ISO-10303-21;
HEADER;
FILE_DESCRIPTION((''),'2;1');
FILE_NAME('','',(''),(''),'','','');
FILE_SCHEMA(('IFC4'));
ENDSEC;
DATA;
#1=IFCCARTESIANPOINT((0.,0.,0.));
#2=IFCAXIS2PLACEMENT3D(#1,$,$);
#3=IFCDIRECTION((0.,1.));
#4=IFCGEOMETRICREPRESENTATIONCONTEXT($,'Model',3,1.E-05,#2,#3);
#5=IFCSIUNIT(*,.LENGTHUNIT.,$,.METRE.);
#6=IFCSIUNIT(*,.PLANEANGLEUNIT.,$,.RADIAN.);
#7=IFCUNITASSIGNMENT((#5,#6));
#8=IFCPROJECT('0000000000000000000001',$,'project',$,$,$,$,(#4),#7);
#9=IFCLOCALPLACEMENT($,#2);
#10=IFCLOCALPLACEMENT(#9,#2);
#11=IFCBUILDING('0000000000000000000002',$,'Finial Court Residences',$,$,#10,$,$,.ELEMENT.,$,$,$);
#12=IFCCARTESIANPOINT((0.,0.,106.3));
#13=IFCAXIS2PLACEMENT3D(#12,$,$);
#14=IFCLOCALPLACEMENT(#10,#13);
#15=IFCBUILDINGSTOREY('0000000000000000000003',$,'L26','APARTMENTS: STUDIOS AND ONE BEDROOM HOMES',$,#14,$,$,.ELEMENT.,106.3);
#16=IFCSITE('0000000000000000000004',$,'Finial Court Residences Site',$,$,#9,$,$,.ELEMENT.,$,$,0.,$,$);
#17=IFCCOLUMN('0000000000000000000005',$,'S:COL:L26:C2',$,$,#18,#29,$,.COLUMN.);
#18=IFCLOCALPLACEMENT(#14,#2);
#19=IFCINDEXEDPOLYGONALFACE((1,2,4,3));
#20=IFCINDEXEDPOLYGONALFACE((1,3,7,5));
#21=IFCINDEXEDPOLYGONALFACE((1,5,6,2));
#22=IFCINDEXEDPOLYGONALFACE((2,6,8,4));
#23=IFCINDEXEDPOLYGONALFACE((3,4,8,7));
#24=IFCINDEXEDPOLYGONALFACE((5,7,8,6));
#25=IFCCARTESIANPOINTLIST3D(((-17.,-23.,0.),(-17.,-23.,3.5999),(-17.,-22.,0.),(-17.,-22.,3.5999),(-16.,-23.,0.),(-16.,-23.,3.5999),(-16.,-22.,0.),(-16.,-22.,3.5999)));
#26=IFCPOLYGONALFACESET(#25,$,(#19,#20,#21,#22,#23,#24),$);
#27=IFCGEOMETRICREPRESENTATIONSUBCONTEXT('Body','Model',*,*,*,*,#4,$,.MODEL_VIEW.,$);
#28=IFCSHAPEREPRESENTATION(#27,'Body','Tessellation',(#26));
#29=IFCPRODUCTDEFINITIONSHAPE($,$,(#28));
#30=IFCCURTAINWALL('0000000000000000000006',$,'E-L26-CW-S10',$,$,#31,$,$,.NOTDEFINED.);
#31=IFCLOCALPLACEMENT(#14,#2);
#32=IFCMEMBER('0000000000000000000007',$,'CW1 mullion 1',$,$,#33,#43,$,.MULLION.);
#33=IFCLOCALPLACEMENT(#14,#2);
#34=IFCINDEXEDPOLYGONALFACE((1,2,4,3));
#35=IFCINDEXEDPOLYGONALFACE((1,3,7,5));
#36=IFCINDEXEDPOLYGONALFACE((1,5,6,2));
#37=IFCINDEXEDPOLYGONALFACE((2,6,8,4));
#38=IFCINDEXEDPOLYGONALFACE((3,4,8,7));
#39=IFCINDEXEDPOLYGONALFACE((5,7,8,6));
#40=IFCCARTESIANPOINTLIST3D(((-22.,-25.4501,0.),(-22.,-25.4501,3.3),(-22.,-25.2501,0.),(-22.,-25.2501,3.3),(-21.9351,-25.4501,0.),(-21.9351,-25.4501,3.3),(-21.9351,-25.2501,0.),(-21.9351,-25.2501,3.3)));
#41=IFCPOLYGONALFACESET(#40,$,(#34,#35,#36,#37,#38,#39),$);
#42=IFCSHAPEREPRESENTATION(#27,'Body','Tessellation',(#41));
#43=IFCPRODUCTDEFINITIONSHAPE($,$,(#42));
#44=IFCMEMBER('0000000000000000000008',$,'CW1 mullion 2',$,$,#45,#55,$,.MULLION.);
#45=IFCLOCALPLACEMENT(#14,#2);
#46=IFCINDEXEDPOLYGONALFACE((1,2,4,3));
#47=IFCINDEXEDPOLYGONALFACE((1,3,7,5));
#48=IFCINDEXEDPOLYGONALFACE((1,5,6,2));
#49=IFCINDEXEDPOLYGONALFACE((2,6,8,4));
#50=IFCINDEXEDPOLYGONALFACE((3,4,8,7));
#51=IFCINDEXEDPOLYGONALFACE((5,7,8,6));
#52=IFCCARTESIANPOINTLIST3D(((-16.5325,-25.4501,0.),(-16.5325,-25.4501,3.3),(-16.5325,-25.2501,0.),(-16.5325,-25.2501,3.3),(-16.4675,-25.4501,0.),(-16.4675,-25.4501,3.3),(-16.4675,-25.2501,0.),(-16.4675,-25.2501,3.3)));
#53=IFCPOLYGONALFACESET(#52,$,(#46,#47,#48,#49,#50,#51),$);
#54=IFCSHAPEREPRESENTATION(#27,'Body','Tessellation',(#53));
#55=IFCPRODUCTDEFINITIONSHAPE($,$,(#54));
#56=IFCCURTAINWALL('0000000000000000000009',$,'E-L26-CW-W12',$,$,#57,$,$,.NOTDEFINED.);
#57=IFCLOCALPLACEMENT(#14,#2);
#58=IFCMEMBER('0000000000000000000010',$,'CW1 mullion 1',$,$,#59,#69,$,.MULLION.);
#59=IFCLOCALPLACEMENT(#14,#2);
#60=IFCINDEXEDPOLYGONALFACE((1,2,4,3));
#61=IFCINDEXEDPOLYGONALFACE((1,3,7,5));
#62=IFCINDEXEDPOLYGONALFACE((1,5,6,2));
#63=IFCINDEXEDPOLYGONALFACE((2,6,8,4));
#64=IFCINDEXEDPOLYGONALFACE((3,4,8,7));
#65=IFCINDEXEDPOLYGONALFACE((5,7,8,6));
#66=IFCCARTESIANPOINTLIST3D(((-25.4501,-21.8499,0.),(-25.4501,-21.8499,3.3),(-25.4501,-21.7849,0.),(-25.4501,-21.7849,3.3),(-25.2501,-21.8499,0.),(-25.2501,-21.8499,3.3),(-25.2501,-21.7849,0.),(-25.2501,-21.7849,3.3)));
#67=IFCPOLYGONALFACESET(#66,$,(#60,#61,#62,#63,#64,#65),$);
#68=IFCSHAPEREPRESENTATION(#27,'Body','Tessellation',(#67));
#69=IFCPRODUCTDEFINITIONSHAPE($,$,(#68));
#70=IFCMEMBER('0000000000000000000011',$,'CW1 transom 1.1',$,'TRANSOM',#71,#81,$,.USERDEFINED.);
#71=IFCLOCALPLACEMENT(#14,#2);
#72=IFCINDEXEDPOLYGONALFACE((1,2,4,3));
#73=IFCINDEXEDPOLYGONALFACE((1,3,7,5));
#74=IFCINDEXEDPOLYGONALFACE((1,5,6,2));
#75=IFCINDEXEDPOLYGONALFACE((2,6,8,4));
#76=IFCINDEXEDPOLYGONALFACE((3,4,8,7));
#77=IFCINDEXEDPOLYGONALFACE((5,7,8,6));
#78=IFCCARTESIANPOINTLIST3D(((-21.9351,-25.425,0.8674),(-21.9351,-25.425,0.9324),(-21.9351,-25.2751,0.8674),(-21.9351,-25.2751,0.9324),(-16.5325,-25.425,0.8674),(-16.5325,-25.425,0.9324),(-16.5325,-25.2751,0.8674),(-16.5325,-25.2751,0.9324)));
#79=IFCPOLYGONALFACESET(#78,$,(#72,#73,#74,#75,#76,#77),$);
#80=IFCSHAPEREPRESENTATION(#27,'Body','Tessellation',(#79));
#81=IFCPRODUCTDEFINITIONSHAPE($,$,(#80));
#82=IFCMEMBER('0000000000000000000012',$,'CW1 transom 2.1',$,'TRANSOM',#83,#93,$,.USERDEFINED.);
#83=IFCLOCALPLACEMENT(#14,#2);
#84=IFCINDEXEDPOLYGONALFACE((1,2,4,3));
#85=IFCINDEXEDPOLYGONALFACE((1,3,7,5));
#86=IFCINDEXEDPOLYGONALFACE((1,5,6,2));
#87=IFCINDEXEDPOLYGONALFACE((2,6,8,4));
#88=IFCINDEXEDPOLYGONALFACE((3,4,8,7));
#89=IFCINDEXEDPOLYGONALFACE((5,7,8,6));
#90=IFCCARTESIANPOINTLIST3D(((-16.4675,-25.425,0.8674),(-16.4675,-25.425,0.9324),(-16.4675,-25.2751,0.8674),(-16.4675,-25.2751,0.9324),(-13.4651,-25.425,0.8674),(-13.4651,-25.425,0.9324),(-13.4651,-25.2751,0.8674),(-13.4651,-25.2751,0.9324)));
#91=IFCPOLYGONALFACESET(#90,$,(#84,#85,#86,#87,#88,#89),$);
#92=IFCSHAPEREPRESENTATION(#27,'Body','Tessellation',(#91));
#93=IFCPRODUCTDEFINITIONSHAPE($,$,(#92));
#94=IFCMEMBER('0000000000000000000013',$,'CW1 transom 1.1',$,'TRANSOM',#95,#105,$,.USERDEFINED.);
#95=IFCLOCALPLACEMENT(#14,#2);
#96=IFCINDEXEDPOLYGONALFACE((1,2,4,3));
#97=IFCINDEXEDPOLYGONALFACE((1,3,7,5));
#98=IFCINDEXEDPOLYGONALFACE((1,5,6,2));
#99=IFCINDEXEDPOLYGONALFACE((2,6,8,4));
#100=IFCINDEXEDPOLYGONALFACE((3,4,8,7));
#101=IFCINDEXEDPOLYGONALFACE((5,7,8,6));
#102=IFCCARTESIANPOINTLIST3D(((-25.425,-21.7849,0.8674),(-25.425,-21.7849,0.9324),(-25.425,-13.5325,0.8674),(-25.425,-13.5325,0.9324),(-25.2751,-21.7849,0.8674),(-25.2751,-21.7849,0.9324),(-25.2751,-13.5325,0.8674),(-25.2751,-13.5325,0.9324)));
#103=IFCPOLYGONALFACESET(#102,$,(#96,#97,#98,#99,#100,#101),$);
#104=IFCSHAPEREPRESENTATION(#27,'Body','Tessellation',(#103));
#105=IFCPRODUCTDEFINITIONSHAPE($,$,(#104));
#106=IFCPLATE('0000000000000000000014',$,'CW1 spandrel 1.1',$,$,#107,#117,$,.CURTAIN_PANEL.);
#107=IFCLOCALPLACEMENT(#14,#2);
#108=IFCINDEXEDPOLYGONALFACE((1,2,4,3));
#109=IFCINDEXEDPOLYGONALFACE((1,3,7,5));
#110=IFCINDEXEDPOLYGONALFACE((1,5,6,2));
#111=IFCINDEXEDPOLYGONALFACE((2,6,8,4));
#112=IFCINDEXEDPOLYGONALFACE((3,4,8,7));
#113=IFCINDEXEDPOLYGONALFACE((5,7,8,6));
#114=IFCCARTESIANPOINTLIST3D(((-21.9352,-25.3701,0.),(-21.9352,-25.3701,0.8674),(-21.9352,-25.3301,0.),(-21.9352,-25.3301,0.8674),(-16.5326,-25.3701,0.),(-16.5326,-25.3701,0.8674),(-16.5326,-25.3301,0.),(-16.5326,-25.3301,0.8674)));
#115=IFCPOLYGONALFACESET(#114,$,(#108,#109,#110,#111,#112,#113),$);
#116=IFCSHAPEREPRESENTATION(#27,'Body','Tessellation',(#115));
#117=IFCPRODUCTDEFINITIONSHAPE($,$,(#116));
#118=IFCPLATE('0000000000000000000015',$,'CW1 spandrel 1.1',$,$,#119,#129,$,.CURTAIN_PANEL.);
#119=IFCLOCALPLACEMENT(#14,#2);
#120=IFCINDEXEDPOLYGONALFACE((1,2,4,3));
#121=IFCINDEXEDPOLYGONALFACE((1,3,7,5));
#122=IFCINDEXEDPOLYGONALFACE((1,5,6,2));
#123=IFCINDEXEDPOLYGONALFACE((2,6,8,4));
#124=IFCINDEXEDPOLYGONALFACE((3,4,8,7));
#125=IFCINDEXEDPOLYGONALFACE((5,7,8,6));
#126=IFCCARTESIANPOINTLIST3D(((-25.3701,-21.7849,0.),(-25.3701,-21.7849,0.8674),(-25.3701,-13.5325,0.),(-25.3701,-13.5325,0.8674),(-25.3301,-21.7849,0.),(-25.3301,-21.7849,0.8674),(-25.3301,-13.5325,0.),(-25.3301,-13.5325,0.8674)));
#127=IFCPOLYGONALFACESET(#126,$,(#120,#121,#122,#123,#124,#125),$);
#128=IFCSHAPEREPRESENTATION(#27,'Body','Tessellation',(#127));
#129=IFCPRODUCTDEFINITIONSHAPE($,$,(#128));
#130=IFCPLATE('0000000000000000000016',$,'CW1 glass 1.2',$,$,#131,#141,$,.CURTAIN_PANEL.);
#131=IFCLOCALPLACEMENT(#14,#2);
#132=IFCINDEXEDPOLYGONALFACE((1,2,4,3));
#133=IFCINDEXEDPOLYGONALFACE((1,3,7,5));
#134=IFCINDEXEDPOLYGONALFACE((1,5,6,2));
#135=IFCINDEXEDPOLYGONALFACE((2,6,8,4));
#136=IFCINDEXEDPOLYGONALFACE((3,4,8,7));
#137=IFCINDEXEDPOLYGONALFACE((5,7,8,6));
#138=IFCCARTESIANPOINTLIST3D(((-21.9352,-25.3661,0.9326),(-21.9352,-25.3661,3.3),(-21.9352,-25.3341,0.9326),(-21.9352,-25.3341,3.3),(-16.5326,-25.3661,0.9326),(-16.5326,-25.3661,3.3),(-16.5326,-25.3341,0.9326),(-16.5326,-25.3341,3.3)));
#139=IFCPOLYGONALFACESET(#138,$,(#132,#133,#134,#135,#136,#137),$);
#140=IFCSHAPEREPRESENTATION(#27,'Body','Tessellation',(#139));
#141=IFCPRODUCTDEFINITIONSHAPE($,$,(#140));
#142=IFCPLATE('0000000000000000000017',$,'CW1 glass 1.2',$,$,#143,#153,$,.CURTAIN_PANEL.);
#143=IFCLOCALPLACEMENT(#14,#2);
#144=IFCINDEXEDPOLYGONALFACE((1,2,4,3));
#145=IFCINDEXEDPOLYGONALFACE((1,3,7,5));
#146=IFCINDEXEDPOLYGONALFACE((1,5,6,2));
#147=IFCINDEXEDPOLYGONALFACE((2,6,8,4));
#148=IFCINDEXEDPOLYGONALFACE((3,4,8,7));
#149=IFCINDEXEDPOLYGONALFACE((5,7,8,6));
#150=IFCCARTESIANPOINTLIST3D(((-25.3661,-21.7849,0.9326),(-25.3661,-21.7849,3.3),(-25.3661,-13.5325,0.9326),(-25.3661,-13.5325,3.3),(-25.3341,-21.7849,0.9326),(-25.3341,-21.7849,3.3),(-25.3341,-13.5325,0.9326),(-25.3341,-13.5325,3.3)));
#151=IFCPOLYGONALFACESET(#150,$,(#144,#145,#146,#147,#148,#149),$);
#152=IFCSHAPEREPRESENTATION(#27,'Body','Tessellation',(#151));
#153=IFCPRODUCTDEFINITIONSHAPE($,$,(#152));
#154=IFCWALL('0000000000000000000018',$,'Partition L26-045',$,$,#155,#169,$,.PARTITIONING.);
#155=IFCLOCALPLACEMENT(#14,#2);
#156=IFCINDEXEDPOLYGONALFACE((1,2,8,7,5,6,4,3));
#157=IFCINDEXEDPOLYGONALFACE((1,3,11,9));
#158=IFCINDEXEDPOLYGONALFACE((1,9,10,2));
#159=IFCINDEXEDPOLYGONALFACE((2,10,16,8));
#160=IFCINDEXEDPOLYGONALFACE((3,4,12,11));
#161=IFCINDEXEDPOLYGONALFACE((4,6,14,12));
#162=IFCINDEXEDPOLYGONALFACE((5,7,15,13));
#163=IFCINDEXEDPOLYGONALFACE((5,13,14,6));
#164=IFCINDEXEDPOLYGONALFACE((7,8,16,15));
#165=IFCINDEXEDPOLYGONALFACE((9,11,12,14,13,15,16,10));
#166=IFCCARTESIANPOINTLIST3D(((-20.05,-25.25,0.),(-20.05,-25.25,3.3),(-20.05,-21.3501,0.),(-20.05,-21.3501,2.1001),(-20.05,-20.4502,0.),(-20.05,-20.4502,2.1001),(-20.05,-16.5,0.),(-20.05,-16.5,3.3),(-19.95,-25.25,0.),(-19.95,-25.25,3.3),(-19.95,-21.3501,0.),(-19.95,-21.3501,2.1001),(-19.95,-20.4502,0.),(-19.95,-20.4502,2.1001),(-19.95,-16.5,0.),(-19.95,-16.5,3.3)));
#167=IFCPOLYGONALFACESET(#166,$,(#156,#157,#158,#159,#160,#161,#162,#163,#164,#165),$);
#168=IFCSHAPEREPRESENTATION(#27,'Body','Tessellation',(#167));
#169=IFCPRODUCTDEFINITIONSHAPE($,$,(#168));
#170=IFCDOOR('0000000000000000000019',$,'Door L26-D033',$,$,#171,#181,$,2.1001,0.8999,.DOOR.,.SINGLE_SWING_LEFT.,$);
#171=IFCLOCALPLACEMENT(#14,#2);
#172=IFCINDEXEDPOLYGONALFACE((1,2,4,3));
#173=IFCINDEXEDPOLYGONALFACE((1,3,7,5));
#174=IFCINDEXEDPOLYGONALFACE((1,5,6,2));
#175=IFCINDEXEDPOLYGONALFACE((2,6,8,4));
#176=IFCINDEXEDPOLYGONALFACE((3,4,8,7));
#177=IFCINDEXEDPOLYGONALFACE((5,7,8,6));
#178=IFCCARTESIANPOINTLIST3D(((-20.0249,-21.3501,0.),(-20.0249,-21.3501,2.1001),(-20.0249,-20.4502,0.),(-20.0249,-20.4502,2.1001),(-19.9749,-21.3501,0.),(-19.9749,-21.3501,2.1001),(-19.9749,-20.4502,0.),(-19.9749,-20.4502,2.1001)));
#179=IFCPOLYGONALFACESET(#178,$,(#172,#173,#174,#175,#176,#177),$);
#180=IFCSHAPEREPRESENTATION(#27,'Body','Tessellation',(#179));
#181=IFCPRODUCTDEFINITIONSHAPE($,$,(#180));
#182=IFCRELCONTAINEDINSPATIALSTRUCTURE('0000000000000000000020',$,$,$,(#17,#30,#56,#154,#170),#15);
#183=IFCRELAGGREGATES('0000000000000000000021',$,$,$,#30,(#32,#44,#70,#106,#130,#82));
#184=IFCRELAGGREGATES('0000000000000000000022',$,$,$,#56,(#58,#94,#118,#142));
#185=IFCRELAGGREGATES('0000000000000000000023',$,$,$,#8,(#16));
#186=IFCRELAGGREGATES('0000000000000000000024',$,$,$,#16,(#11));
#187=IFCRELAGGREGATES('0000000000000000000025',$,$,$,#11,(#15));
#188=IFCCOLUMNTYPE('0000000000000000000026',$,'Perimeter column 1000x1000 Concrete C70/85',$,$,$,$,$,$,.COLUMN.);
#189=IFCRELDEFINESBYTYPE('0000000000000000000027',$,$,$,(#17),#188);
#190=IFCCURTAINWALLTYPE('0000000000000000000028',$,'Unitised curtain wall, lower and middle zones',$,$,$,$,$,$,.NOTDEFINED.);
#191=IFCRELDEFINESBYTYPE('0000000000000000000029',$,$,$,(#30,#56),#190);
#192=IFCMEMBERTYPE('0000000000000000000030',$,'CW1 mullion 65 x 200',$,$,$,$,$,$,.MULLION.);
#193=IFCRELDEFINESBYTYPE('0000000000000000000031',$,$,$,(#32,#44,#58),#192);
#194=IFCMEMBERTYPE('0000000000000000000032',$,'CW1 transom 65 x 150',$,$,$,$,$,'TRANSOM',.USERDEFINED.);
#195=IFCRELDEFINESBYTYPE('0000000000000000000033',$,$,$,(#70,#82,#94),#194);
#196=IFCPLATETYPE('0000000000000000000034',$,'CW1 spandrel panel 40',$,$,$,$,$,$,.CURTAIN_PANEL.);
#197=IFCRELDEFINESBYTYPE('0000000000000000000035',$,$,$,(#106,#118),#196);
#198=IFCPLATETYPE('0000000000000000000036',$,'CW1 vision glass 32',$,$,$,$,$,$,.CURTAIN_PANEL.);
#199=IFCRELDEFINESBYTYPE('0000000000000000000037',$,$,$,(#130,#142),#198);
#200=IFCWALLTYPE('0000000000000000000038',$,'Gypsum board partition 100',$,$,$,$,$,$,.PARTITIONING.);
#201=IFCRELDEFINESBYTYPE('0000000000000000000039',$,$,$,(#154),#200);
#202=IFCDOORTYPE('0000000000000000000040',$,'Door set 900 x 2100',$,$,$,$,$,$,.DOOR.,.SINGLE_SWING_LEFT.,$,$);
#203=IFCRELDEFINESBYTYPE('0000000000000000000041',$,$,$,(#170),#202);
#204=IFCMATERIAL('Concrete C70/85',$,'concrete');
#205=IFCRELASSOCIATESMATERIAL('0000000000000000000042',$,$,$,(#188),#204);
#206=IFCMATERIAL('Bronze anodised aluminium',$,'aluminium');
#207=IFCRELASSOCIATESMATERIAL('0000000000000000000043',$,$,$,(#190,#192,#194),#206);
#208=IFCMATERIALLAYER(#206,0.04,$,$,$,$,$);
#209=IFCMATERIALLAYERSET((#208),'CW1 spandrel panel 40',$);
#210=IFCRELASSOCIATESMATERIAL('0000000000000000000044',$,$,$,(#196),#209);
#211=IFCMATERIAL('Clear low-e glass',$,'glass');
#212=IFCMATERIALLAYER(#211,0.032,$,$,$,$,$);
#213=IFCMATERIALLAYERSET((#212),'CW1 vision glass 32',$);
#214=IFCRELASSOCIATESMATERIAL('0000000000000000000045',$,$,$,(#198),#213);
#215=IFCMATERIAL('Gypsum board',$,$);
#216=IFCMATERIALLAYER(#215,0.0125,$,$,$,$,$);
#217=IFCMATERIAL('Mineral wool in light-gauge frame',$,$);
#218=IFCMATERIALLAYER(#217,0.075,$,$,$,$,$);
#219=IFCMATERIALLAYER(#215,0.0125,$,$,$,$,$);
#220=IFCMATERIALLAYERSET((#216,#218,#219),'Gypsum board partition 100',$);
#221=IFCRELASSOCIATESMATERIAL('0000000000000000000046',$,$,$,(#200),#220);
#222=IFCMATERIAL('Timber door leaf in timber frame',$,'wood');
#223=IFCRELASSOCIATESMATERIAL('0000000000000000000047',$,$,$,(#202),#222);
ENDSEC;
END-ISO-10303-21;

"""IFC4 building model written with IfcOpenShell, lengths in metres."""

from ifc_helpers import new_model, si_unit, direction, frame, frame_2d, origin, origin_2d, place, context, subcontext, project, spatial, rectangle, extrude, material, layer, layer_set, material_profile, profile_set, type_object, element, fill, aggregate, save


model = new_model("IFC4")

# Units and contexts
model_context = context("Model", 3, precision=1e-05, world=origin(), true_north=direction((0.0, 1.0)))
body_context = subcontext(model_context, "Body", "Model", "MODEL_VIEW")
ifc_project = project(units=[si_unit("LENGTHUNIT", "METRE"), si_unit("PLANEANGLEUNIT", "RADIAN")], contexts=[model_context])

# Site, building, storey
site_placement = place(None, origin())
site = spatial("IfcSite", under=ifc_project, at=site_placement, Name="Finial Court Residences Site", CompositionType="ELEMENT", RefElevation=0.0)
building_placement = place(site_placement, origin())
building = spatial("IfcBuilding", under=site, at=building_placement, Name="Finial Court Residences", CompositionType="ELEMENT")
storey_placement = place(building_placement, frame((0.0, 0.0, 106.3)))
storey = spatial("IfcBuildingStorey", under=building, at=storey_placement, Name="L26", Description="APARTMENTS: STUDIOS AND ONE BEDROOM HOMES", CompositionType="ELEMENT", Elevation=106.3)

# Column
ifc_material_1 = material(Name="Concrete C70/85", Category="concrete")
ifc_material_profile_1 = material_profile(ifc_material_1, rectangle(XDim=1.0, YDim=1.0, at=origin_2d()), Name="1000x1000")
ifc_profile_set_1 = profile_set([ifc_material_profile_1], Name="Concrete C70/85")
column_type = type_object("IfcColumnType", Name="Perimeter column 1000x1000 Concrete C70/85", PredefinedType="COLUMN", material=ifc_profile_set_1)
column_placement = place(storey_placement, frame((-16.5, -22.5, 0.0), z_axis=(0.0, 0.0, 1.0), x_axis=(1.0, 0.0, 0.0)))
element("IfcColumn", 1, at=column_placement, inside=storey, type_object=column_type, Name="S:COL:L26:C2", PredefinedType="COLUMN", context=body_context, shape_type="SweptSolid", body=[
    extrude(rectangle(XDim=1.0, YDim=1.0, at=origin_2d()), origin(), (0.0, 0.0, 1.0), 3.5999),
])

# Curtain wall, members
ifc_material_2 = material(Name="Bronze anodised aluminium", Category="aluminium")
curtain_wall_type = type_object("IfcCurtainWallType", Name="Unitised curtain wall, lower and middle zones", PredefinedType="NOTDEFINED", material=ifc_material_2)
curtain_wall_1_placement = place(storey_placement, origin())
curtain_wall_1 = element("IfcCurtainWall", 2, at=curtain_wall_1_placement, inside=storey, type_object=curtain_wall_type, Name="E-L26-CW-S10", PredefinedType="NOTDEFINED")
ifc_material_profile_2 = material_profile(ifc_material_2, rectangle(XDim=0.2, YDim=0.0649, at=origin_2d()), Name="CW1 mullion 65 x 200")
ifc_profile_set_2 = profile_set([ifc_material_profile_2], Name="Bronze anodised aluminium")
member_type_1 = type_object("IfcMemberType", Name="CW1 mullion 65 x 200", PredefinedType="MULLION", material=ifc_profile_set_2)
member_1_placement = place(storey_placement, frame((-21.9675, -25.3501, 0.0), z_axis=(0.0, 0.0, 1.0), x_axis=(0.0, 1.0, 0.0)))
member_1 = element("IfcMember", 3, at=member_1_placement, type_object=member_type_1, Name="CW1 mullion 1", PredefinedType="MULLION", context=body_context, shape_type="SweptSolid", body=[
    extrude(rectangle(XDim=0.2, YDim=0.0649, at=origin_2d()), origin(), (0.0, 0.0, 1.0), 3.3),
])
member_2_placement = place(storey_placement, frame((-16.5, -25.3501, 0.0), z_axis=(0.0, 0.0, 1.0), x_axis=(0.0, 1.0, 0.0)))
member_2 = element("IfcMember", 4, at=member_2_placement, type_object=member_type_1, Name="CW1 mullion 2", PredefinedType="MULLION", context=body_context, shape_type="SweptSolid", body=[
    extrude(rectangle(XDim=0.2, YDim=0.0649, at=origin_2d()), origin(), (0.0, 0.0, 1.0), 3.3),
])

# Curtain wall, member
curtain_wall_2_placement = place(storey_placement, origin())
curtain_wall_2 = element("IfcCurtainWall", 5, at=curtain_wall_2_placement, inside=storey, type_object=curtain_wall_type, Name="E-L26-CW-W12", PredefinedType="NOTDEFINED")
member_3_placement = place(storey_placement, frame((-25.3501, -21.8174, 0.0), z_axis=(0.0, 0.0, 1.0), x_axis=(-1.0, 0.0, 0.0)))
member_3 = element("IfcMember", 6, at=member_3_placement, type_object=member_type_1, Name="CW1 mullion 1", PredefinedType="MULLION", context=body_context, shape_type="SweptSolid", body=[
    extrude(rectangle(XDim=0.2, YDim=0.0649, at=origin_2d()), origin(), (0.0, 0.0, 1.0), 3.3),
])

# Members
ifc_material_profile_3 = material_profile(ifc_material_2, rectangle(XDim=0.1499, YDim=0.0649, at=origin_2d()), Name="CW1 transom 65 x 150")
ifc_profile_set_3 = profile_set([ifc_material_profile_3], Name="Bronze anodised aluminium")
member_type_2 = type_object("IfcMemberType", Name="CW1 transom 65 x 150", ElementType="TRANSOM", PredefinedType="USERDEFINED", material=ifc_profile_set_3)
member_4_placement = place(storey_placement, frame((-21.9351, -25.3501, 0.8999), z_axis=(1.0, 0.0, 0.0), x_axis=(0.0, 1.0, 0.0)))
member_4 = element("IfcMember", 7, at=member_4_placement, type_object=member_type_2, Name="CW1 transom 1.1", ObjectType="TRANSOM", PredefinedType="USERDEFINED", context=body_context, shape_type="SweptSolid", body=[
    extrude(rectangle(XDim=0.1499, YDim=0.0649, at=origin_2d()), origin(), (0.0, 0.0, 1.0), 5.4026),
])
member_5_placement = place(storey_placement, frame((-16.4675, -25.3501, 0.8999), z_axis=(1.0, 0.0, 0.0), x_axis=(0.0, 1.0, 0.0)))
member_5 = element("IfcMember", 8, at=member_5_placement, type_object=member_type_2, Name="CW1 transom 2.1", ObjectType="TRANSOM", PredefinedType="USERDEFINED", context=body_context, shape_type="SweptSolid", body=[
    extrude(rectangle(XDim=0.1499, YDim=0.0649, at=origin_2d()), origin(), (0.0, 0.0, 1.0), 3.0024),
])
member_6_placement = place(storey_placement, frame((-25.3501, -21.7849, 0.8999), z_axis=(0.0, 1.0, 0.0), x_axis=(-1.0, 0.0, 0.0)))
member_6 = element("IfcMember", 9, at=member_6_placement, type_object=member_type_2, Name="CW1 transom 1.1", ObjectType="TRANSOM", PredefinedType="USERDEFINED", context=body_context, shape_type="SweptSolid", body=[
    extrude(rectangle(XDim=0.1499, YDim=0.0649, at=origin_2d()), origin(), (0.0, 0.0, 1.0), 8.2524),
])

# Plates
ifc_layer_1 = layer(ifc_material_2, 0.04)
ifc_layer_set_1 = layer_set([ifc_layer_1], Name="CW1 spandrel panel 40")
plate_type_1 = type_object("IfcPlateType", Name="CW1 spandrel panel 40", PredefinedType="CURTAIN_PANEL", material=ifc_layer_set_1)
plate_1_placement = place(storey_placement, frame((-19.2339, -25.3501, 0.0), z_axis=(0.0, 0.0, 1.0), x_axis=(1.0, 0.0, 0.0)))
plate_1 = element("IfcPlate", 10, at=plate_1_placement, type_object=plate_type_1, Name="CW1 spandrel 1.1", PredefinedType="CURTAIN_PANEL", context=body_context, shape_type="SweptSolid", body=[
    extrude(rectangle(XDim=5.4026, YDim=0.04, at=origin_2d()), origin(), (0.0, 0.0, 1.0), 0.8674),
])
plate_2_placement = place(storey_placement, frame((-25.3501, -17.6587, 0.0), z_axis=(0.0, 0.0, 1.0), x_axis=(0.0, 1.0, 0.0)))
plate_2 = element("IfcPlate", 11, at=plate_2_placement, type_object=plate_type_1, Name="CW1 spandrel 1.1", PredefinedType="CURTAIN_PANEL", context=body_context, shape_type="SweptSolid", body=[
    extrude(rectangle(XDim=8.2524, YDim=0.04, at=origin_2d()), origin(), (0.0, 0.0, 1.0), 0.8674),
])
ifc_material_3 = material(Name="Clear low-e glass", Category="glass")
ifc_layer_2 = layer(ifc_material_3, 0.032)
ifc_layer_set_2 = layer_set([ifc_layer_2], Name="CW1 vision glass 32")
plate_type_2 = type_object("IfcPlateType", Name="CW1 vision glass 32", PredefinedType="CURTAIN_PANEL", material=ifc_layer_set_2)
plate_3_placement = place(storey_placement, frame((-19.2339, -25.3501, 0.9326), z_axis=(0.0, 0.0, 1.0), x_axis=(1.0, 0.0, 0.0)))
plate_3 = element("IfcPlate", 12, at=plate_3_placement, type_object=plate_type_2, Name="CW1 glass 1.2", PredefinedType="CURTAIN_PANEL", context=body_context, shape_type="SweptSolid", body=[
    extrude(rectangle(XDim=5.4026, YDim=0.032, at=origin_2d()), origin(), (0.0, 0.0, 1.0), 2.3674),
])
aggregate(curtain_wall_1, [member_1, member_2, member_4, plate_1, plate_3, member_5])
plate_4_placement = place(storey_placement, frame((-25.3501, -17.6587, 0.9326), z_axis=(0.0, 0.0, 1.0), x_axis=(0.0, 1.0, 0.0)))
plate_4 = element("IfcPlate", 13, at=plate_4_placement, type_object=plate_type_2, Name="CW1 glass 1.2", PredefinedType="CURTAIN_PANEL", context=body_context, shape_type="SweptSolid", body=[
    extrude(rectangle(XDim=8.2524, YDim=0.032, at=origin_2d()), origin(), (0.0, 0.0, 1.0), 2.3674),
])
aggregate(curtain_wall_2, [member_3, member_6, plate_2, plate_4])

# Wall, opening, door
ifc_material_4 = material(Name="Gypsum board")
ifc_layer_3 = layer(ifc_material_4, 0.0125)
ifc_material_5 = material(Name="Mineral wool in light-gauge frame")
ifc_layer_4 = layer(ifc_material_5, 0.075)
ifc_layer_5 = layer(ifc_material_4, 0.0125)
ifc_layer_set_3 = layer_set([ifc_layer_3, ifc_layer_4, ifc_layer_5], Name="Gypsum board partition 100")
wall_type_1 = type_object("IfcWallType", Name="Gypsum board partition 100", PredefinedType="PARTITIONING", material=ifc_layer_set_3)
wall_1_placement = place(storey_placement, frame((-20.0, -25.25, 0.0), z_axis=(0.0, 0.0, 1.0), x_axis=(0.0, 1.0, 0.0)))
wall_1 = element("IfcWall", 14, at=wall_1_placement, inside=storey, type_object=wall_type_1, Name="Partition L26-045", PredefinedType="PARTITIONING", context=body_context, shape_type="SweptSolid", body=[
    extrude(rectangle(XDim=8.75, YDim=0.1001, at=frame_2d((4.375, 0.0))), origin(), (0.0, 0.0, 1.0), 3.3),
])
opening_1_placement = place(wall_1_placement, frame((3.8999, 0.0, 0.0)))
opening_1 = element("IfcOpeningElement", 15, at=opening_1_placement, cuts=wall_1, PredefinedType="OPENING", context=body_context, shape_type="SweptSolid", body=[
    extrude(rectangle(XDim=0.8999, YDim=2.1001, at=frame_2d((0.45, 1.05))), frame((0.0, 0.0601, 0.0), z_axis=(0.0, -1.0, 0.0), x_axis=(1.0, 0.0, 0.0)), (0.0, 0.0, 1.0), 0.1201),
])
ifc_material_6 = material(Name="Timber door leaf in timber frame", Category="wood")
door_type = type_object("IfcDoorType", Name="Door set 900 x 2100", OperationType="SINGLE_SWING_LEFT", PredefinedType="DOOR", material=ifc_material_6)
door_1_placement = place(opening_1_placement, origin())
door_1 = element("IfcDoor", 16, at=door_1_placement, inside=storey, type_object=door_type, Name="Door L26-D033", OperationType="SINGLE_SWING_LEFT", OverallHeight=2.1001, OverallWidth=0.8999, PredefinedType="DOOR", context=body_context, shape_type="SweptSolid", body=[
    extrude(rectangle(XDim=0.8999, YDim=2.1001, at=frame_2d((0.45, 1.05))), frame((0.0, 0.0249, 0.0), z_axis=(0.0, -1.0, 0.0), x_axis=(1.0, 0.0, 0.0)), (0.0, 0.0, 1.0), 0.05),
])
fill(opening_1, door_1)

save(model, "model.ifc")
